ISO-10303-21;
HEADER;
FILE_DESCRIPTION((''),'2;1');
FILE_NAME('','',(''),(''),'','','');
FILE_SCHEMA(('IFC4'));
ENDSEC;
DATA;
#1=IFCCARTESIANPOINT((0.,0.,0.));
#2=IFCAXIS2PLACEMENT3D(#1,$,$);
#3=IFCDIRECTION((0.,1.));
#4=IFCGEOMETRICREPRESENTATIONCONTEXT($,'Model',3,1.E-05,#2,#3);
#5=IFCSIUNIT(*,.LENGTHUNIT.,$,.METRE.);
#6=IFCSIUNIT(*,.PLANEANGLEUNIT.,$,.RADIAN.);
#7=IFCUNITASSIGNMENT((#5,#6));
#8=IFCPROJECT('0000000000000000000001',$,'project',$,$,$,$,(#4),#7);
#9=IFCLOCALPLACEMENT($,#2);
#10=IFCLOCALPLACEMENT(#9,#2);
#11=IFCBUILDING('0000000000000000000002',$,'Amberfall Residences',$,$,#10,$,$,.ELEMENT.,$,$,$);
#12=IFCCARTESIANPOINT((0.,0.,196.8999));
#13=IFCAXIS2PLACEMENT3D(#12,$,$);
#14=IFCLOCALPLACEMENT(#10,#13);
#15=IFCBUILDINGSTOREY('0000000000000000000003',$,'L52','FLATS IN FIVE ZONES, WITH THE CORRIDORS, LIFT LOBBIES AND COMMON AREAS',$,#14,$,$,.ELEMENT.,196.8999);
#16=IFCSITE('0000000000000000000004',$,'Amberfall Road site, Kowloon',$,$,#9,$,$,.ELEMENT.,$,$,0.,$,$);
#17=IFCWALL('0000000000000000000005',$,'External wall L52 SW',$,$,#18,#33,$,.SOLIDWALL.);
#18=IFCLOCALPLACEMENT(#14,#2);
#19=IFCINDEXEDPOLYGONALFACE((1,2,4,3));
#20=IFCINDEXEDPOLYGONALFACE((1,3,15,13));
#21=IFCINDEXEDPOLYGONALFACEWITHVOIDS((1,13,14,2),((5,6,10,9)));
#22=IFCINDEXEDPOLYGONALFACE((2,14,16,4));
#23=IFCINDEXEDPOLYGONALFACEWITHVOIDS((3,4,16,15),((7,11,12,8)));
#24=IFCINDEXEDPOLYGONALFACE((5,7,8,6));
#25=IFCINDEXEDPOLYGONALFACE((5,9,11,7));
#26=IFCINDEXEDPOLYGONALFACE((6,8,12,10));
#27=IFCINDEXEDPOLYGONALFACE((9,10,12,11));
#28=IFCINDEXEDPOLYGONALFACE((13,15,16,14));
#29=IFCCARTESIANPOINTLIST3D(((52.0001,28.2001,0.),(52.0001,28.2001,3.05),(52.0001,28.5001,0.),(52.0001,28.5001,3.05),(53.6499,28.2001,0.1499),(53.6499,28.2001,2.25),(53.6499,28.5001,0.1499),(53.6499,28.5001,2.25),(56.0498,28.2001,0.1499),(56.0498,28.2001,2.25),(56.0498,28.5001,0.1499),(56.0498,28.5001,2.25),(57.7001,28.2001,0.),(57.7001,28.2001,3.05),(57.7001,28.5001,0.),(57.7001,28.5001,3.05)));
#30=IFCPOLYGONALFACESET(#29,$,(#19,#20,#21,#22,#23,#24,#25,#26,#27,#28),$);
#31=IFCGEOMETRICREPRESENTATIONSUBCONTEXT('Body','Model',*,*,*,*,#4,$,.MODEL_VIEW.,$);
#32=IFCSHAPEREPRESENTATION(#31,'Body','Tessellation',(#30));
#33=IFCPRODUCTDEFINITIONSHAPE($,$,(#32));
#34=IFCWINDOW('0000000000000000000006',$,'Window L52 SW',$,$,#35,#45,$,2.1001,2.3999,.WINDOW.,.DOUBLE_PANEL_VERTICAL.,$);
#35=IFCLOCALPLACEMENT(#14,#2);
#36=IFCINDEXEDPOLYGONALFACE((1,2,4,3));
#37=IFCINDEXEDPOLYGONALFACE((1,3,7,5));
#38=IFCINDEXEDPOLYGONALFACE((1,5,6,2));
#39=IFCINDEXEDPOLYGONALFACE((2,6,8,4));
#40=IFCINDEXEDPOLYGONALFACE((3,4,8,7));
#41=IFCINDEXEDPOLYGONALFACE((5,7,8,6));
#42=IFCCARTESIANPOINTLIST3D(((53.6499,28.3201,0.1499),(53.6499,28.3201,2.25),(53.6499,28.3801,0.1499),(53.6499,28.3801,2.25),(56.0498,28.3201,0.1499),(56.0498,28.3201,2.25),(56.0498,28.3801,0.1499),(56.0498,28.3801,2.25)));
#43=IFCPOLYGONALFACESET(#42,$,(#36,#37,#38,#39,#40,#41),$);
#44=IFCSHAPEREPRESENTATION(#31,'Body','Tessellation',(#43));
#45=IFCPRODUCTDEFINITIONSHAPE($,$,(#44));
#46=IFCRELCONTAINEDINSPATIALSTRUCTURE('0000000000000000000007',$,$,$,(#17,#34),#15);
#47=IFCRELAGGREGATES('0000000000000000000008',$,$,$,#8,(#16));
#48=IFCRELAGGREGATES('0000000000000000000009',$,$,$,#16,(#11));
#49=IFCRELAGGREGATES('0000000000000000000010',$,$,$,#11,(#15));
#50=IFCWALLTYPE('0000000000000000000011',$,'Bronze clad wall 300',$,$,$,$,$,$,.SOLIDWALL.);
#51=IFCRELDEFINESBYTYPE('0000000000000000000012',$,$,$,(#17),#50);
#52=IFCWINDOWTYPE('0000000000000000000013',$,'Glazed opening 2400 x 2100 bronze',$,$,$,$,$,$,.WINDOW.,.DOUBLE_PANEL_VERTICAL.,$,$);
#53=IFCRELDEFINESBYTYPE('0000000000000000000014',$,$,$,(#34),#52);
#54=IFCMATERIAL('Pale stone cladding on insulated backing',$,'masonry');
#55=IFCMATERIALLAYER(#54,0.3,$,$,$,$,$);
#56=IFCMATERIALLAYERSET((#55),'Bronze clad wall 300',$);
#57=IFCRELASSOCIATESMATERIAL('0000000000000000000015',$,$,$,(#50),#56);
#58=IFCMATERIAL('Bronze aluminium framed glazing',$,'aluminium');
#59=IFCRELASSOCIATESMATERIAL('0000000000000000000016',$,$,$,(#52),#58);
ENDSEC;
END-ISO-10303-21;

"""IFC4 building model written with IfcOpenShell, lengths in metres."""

from ifc_helpers import new_model, si_unit, direction, frame, frame_2d, origin, place, context, subcontext, project, spatial, rectangle, extrude, material, layer, layer_set, type_object, element, fill, save


model = new_model("IFC4")

# Units and contexts
model_context = context("Model", 3, precision=1e-05, world=origin(), true_north=direction((0.0, 1.0)))
body_context = subcontext(model_context, "Body", "Model", "MODEL_VIEW")
ifc_project = project(units=[si_unit("LENGTHUNIT", "METRE"), si_unit("PLANEANGLEUNIT", "RADIAN")], contexts=[model_context])

# Site, building, storey
site_placement = place(None, origin())
site = spatial("IfcSite", under=ifc_project, at=site_placement, Name="Amberfall Road site, Kowloon", CompositionType="ELEMENT", RefElevation=0.0)
building_placement = place(site_placement, origin())
building = spatial("IfcBuilding", under=site, at=building_placement, Name="Amberfall Residences", CompositionType="ELEMENT")
storey_placement = place(building_placement, frame((0.0, 0.0, 196.8999)))
storey = spatial("IfcBuildingStorey", under=building, at=storey_placement, Name="L52", Description="FLATS IN FIVE ZONES, WITH THE CORRIDORS, LIFT LOBBIES AND COMMON AREAS", CompositionType="ELEMENT", Elevation=196.8999)

# Wall, opening, window
ifc_material_1 = material(Name="Pale stone cladding on insulated backing", Category="masonry")
ifc_layer_1 = layer(ifc_material_1, 0.3)
ifc_layer_set_1 = layer_set([ifc_layer_1], Name="Bronze clad wall 300")
wall_type = type_object("IfcWallType", Name="Bronze clad wall 300", PredefinedType="SOLIDWALL", material=ifc_layer_set_1)
wall_placement = place(storey_placement, frame((52.0, 28.3501, 0.0), z_axis=(0.0, 0.0, 1.0), x_axis=(1.0, 0.0, 0.0)))
wall = element("IfcWall", 1, at=wall_placement, inside=storey, type_object=wall_type, Name="External wall L52 SW", PredefinedType="SOLIDWALL", context=body_context, shape_type="SweptSolid", body=[
    extrude(rectangle(XDim=5.7, YDim=0.3, at=frame_2d((2.8501, 0.0))), origin(), (0.0, 0.0, 1.0), 3.05),
])
opening_placement = place(wall_placement, frame((1.6499, 0.0, 0.1499)))
opening = element("IfcOpeningElement", 2, at=opening_placement, cuts=wall, PredefinedType="OPENING", context=body_context, shape_type="SweptSolid", body=[
    extrude(rectangle(XDim=2.3999, YDim=2.1001, at=frame_2d((1.2, 1.05))), frame((0.0, 0.1599, 0.0), z_axis=(0.0, -1.0, 0.0), x_axis=(1.0, 0.0, 0.0)), (0.0, 0.0, 1.0), 0.3201),
])
ifc_material_2 = material(Name="Bronze aluminium framed glazing", Category="aluminium")
window_type = type_object("IfcWindowType", Name="Glazed opening 2400 x 2100 bronze", PartitioningType="DOUBLE_PANEL_VERTICAL", PredefinedType="WINDOW", material=ifc_material_2)
window_placement = place(opening_placement, origin())
window = element("IfcWindow", 3, at=window_placement, inside=storey, type_object=window_type, Name="Window L52 SW", OverallHeight=2.1001, OverallWidth=2.3999, PartitioningType="DOUBLE_PANEL_VERTICAL", PredefinedType="WINDOW", context=body_context, shape_type="SweptSolid", body=[
    extrude(rectangle(XDim=2.3999, YDim=2.1001, at=frame_2d((1.2, 1.05))), frame((0.0, 0.03, 0.0), z_axis=(0.0, -1.0, 0.0), x_axis=(1.0, 0.0, 0.0)), (0.0, 0.0, 1.0), 0.0601),
])
fill(opening, window)

save(model, "model.ifc")
